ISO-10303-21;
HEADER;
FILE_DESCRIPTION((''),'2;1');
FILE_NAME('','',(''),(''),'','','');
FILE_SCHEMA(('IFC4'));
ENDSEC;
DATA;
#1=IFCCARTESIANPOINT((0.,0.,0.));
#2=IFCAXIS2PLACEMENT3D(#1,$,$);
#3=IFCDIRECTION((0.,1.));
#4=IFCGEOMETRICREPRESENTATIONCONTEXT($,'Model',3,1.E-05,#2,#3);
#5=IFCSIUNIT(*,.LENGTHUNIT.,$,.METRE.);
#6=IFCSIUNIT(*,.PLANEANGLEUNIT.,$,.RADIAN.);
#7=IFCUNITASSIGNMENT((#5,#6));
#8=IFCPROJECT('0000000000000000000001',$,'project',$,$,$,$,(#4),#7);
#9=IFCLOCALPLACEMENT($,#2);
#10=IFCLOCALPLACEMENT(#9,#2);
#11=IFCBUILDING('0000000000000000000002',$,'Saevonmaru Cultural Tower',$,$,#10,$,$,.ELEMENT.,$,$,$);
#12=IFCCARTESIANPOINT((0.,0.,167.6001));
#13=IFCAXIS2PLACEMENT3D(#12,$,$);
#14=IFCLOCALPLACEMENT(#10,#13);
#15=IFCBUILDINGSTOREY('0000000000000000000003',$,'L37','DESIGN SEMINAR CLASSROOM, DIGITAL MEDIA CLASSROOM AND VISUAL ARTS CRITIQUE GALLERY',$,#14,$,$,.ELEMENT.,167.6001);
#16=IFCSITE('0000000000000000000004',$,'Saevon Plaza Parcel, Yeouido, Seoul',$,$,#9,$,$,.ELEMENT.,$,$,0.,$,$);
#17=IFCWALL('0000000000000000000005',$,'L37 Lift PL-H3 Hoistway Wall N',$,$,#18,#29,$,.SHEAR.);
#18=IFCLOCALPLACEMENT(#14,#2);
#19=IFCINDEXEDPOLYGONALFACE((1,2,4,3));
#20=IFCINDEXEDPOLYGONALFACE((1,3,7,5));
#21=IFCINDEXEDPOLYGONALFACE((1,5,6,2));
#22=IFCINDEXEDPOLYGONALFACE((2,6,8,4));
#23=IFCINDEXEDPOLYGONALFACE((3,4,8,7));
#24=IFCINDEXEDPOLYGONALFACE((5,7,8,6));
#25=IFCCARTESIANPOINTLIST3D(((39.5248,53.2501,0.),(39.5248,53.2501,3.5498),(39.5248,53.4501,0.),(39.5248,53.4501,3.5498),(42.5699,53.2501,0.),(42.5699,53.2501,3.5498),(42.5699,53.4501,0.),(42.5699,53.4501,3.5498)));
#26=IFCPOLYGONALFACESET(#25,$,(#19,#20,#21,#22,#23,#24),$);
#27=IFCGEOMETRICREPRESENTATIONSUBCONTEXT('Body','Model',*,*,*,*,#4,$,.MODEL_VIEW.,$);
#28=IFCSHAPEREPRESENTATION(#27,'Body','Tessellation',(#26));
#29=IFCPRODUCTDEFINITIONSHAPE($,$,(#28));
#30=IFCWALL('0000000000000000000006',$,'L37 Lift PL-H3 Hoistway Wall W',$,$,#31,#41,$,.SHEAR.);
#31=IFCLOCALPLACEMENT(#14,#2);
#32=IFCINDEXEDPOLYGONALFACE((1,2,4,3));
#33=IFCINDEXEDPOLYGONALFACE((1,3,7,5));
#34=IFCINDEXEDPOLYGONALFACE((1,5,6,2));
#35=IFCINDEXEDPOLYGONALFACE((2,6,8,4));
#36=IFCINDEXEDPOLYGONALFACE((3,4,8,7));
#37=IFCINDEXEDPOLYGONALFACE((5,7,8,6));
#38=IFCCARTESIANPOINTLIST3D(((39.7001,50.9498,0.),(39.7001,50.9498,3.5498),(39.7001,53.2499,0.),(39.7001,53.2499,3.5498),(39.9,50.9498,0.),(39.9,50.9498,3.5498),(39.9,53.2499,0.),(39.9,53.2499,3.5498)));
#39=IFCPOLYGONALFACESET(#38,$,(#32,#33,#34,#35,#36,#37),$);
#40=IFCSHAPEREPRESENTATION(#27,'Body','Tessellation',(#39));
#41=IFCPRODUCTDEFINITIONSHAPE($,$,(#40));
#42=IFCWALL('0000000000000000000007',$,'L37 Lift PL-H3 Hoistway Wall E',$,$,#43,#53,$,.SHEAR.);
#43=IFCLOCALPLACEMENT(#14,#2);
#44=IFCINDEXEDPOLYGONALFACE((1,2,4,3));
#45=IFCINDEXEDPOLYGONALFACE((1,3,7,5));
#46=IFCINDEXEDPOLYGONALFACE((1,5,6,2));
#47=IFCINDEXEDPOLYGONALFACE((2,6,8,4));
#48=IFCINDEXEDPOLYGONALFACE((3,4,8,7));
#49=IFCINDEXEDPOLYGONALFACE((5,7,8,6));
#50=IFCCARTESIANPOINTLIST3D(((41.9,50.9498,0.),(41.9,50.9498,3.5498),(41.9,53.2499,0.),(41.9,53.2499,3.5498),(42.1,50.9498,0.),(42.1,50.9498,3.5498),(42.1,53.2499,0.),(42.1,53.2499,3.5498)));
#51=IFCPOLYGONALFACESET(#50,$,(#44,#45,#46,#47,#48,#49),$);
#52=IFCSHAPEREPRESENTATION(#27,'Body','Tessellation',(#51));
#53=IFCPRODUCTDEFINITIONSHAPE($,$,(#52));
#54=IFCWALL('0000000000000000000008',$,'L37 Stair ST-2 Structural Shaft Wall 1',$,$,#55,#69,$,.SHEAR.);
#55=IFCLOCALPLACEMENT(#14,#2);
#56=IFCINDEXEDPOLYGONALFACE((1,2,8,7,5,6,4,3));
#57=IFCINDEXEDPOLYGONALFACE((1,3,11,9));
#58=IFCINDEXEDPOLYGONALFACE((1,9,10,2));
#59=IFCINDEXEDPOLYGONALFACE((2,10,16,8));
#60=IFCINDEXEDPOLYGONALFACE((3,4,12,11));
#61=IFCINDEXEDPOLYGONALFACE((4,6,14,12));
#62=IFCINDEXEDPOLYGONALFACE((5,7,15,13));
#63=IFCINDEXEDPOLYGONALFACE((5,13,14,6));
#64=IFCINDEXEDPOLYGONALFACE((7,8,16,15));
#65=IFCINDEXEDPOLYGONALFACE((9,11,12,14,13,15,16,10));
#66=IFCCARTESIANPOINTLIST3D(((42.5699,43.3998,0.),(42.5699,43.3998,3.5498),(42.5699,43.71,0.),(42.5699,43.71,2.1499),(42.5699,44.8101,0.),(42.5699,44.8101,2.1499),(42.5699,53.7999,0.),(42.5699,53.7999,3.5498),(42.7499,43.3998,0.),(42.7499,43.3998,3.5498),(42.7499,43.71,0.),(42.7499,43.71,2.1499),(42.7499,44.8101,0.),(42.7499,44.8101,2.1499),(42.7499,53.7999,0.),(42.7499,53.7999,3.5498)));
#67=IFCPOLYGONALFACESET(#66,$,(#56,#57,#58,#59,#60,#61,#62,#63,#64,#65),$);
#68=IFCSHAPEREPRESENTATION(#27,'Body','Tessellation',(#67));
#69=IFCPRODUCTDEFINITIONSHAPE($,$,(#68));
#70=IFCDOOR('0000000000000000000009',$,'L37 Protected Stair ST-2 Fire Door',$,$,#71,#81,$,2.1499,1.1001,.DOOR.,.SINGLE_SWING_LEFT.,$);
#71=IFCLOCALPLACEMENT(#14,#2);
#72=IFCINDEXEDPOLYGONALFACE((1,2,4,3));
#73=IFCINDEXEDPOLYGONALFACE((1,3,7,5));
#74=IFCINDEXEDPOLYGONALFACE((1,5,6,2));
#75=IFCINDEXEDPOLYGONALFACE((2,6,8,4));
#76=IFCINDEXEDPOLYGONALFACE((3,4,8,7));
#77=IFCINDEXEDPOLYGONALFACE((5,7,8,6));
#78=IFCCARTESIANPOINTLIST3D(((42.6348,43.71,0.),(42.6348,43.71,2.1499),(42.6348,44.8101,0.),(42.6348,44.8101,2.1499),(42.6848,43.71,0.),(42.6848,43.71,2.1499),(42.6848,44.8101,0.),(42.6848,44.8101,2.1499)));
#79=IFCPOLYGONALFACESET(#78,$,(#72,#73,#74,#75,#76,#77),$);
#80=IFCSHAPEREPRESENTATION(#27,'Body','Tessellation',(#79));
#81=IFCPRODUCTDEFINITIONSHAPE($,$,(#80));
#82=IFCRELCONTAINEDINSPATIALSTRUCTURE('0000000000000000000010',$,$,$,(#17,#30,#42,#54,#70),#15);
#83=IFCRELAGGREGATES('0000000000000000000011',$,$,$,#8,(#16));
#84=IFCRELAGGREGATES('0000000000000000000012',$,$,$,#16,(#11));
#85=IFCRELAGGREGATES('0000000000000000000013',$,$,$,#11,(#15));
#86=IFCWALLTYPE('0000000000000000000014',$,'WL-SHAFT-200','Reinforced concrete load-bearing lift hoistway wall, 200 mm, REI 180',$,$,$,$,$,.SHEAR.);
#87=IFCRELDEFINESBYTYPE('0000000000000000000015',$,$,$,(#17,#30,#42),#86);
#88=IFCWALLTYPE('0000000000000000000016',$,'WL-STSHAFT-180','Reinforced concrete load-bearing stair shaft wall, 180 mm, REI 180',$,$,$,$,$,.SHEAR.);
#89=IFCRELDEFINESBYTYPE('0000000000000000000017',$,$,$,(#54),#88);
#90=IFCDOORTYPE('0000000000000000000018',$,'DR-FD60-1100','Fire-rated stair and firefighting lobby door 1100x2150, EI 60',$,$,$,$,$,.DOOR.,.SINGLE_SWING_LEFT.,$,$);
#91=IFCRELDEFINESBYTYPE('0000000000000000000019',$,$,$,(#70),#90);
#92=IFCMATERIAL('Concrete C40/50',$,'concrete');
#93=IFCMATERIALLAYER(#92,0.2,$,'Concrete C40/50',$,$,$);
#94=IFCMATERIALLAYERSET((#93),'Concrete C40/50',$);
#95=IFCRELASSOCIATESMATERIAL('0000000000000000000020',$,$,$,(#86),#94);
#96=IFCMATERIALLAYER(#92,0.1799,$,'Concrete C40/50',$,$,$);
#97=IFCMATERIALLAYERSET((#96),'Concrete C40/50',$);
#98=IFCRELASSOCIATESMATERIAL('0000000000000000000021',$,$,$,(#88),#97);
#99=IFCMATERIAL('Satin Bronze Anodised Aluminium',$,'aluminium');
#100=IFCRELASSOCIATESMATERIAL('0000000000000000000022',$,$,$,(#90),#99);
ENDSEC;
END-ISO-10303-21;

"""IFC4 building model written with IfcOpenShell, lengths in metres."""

from ifc_helpers import new_model, si_unit, direction, frame, frame_2d, origin, place, context, subcontext, project, spatial, rectangle, extrude, material, layer, layer_set, type_object, element, fill, save


model = new_model("IFC4")

# Units and contexts
model_context = context("Model", 3, precision=1e-05, world=origin(), true_north=direction((0.0, 1.0)))
body_context = subcontext(model_context, "Body", "Model", "MODEL_VIEW")
ifc_project = project(units=[si_unit("LENGTHUNIT", "METRE"), si_unit("PLANEANGLEUNIT", "RADIAN")], contexts=[model_context])

# Site, building, storey
site_placement = place(None, origin())
site = spatial("IfcSite", under=ifc_project, at=site_placement, Name="Saevon Plaza Parcel, Yeouido, Seoul", CompositionType="ELEMENT", RefElevation=0.0)
building_placement = place(site_placement, origin())
building = spatial("IfcBuilding", under=site, at=building_placement, Name="Saevonmaru Cultural Tower", CompositionType="ELEMENT")
storey_placement = place(building_placement, frame((0.0, 0.0, 167.6001)))
storey = spatial("IfcBuildingStorey", under=building, at=storey_placement, Name="L37", Description="DESIGN SEMINAR CLASSROOM, DIGITAL MEDIA CLASSROOM AND VISUAL ARTS CRITIQUE GALLERY", CompositionType="ELEMENT", Elevation=167.6001)

# Shared definitions
ifc_material_1 = material(Name="Satin Bronze Anodised Aluminium", Category="aluminium")

# Walls
ifc_material_2 = material(Name="Concrete C40/50", Category="concrete")
ifc_layer_1 = layer(ifc_material_2, 0.2, Name="Concrete C40/50")
ifc_layer_set_1 = layer_set([ifc_layer_1], Name="Concrete C40/50")
wall_type_1 = type_object("IfcWallType", Name="WL-SHAFT-200", Description="Reinforced concrete load-bearing lift hoistway wall, 200 mm, REI 180", PredefinedType="SHEAR", material=ifc_layer_set_1)
for number, where, z_axis, x_axis, name in (
    (1, (39.5249, 53.3501, 0.0), (0.0, 0.0, 1.0), (1.0, 0.0, 0.0), "L37 Lift PL-H3 Hoistway Wall N"),
):
    element("IfcWall", number, at=place(storey_placement, frame(where, z_axis=z_axis, x_axis=x_axis)), inside=storey, type_object=wall_type_1, Name=name, PredefinedType="SHEAR", context=body_context, shape_type="SweptSolid", body=[
        extrude(rectangle(XDim=3.0452, YDim=0.2, at=frame_2d((1.5225, 0.0))), origin(), (0.0, 0.0, 1.0), 3.5498),
    ])
for number, where, z_axis, x_axis, name in (
    (2, (39.8, 50.95, 0.0), (0.0, 0.0, 1.0), (0.0, 1.0, 0.0), "L37 Lift PL-H3 Hoistway Wall W"),
    (3, (42.0, 50.95, 0.0), (0.0, 0.0, 1.0), (0.0, 1.0, 0.0), "L37 Lift PL-H3 Hoistway Wall E"),
):
    element("IfcWall", number, at=place(storey_placement, frame(where, z_axis=z_axis, x_axis=x_axis)), inside=storey, type_object=wall_type_1, Name=name, PredefinedType="SHEAR", context=body_context, shape_type="SweptSolid", body=[
        extrude(rectangle(XDim=2.3, YDim=0.2, at=frame_2d((1.1499, 0.0))), origin(), (0.0, 0.0, 1.0), 3.5498),
    ])

# Wall, opening, door
ifc_layer_2 = layer(ifc_material_2, 0.1799, Name="Concrete C40/50")
ifc_layer_set_2 = layer_set([ifc_layer_2], Name="Concrete C40/50")
wall_type_2 = type_object("IfcWallType", Name="WL-STSHAFT-180", Description="Reinforced concrete load-bearing stair shaft wall, 180 mm, REI 180", PredefinedType="SHEAR", material=ifc_layer_set_2)
wall_1_placement = place(storey_placement, frame((42.6599, 53.8, 0.0), z_axis=(0.0, 0.0, 1.0), x_axis=(0.0, -1.0, 0.0)))
wall_1 = element("IfcWall", 4, at=wall_1_placement, inside=storey, type_object=wall_type_2, Name="L37 Stair ST-2 Structural Shaft Wall 1", PredefinedType="SHEAR", context=body_context, shape_type="SweptSolid", body=[
    extrude(rectangle(XDim=10.4001, YDim=0.1799, at=frame_2d((5.2002, 0.0))), origin(), (0.0, 0.0, 1.0), 3.5498),
])
opening_1_placement = place(wall_1_placement, frame((8.99, 0.0, 0.0)))
opening_1 = element("IfcOpeningElement", 5, at=opening_1_placement, cuts=wall_1, PredefinedType="OPENING", context=body_context, shape_type="SweptSolid", body=[
    extrude(rectangle(XDim=1.1001, YDim=2.1499, at=frame_2d((0.55, 1.075))), frame((0.0, 0.1001, 0.0), z_axis=(0.0, -1.0, 0.0), x_axis=(1.0, 0.0, 0.0)), (0.0, 0.0, 1.0), 0.2),
])
door_type_1 = type_object("IfcDoorType", Name="DR-FD60-1100", Description="Fire-rated stair and firefighting lobby door 1100x2150, EI 60", OperationType="SINGLE_SWING_LEFT", PredefinedType="DOOR", material=ifc_material_1)
door_1_placement = place(opening_1_placement, origin())
door_1 = element("IfcDoor", 6, at=door_1_placement, inside=storey, type_object=door_type_1, Name="L37 Protected Stair ST-2 Fire Door", OperationType="SINGLE_SWING_LEFT", OverallHeight=2.1499, OverallWidth=1.1001, PredefinedType="DOOR", context=body_context, shape_type="SweptSolid", body=[
    extrude(rectangle(XDim=1.1001, YDim=2.1499, at=frame_2d((0.55, 1.075))), frame((0.0, 0.0249, 0.0), z_axis=(0.0, -1.0, 0.0), x_axis=(1.0, 0.0, 0.0)), (0.0, 0.0, 1.0), 0.05),
])
fill(opening_1, door_1)

save(model, "model.ifc")
